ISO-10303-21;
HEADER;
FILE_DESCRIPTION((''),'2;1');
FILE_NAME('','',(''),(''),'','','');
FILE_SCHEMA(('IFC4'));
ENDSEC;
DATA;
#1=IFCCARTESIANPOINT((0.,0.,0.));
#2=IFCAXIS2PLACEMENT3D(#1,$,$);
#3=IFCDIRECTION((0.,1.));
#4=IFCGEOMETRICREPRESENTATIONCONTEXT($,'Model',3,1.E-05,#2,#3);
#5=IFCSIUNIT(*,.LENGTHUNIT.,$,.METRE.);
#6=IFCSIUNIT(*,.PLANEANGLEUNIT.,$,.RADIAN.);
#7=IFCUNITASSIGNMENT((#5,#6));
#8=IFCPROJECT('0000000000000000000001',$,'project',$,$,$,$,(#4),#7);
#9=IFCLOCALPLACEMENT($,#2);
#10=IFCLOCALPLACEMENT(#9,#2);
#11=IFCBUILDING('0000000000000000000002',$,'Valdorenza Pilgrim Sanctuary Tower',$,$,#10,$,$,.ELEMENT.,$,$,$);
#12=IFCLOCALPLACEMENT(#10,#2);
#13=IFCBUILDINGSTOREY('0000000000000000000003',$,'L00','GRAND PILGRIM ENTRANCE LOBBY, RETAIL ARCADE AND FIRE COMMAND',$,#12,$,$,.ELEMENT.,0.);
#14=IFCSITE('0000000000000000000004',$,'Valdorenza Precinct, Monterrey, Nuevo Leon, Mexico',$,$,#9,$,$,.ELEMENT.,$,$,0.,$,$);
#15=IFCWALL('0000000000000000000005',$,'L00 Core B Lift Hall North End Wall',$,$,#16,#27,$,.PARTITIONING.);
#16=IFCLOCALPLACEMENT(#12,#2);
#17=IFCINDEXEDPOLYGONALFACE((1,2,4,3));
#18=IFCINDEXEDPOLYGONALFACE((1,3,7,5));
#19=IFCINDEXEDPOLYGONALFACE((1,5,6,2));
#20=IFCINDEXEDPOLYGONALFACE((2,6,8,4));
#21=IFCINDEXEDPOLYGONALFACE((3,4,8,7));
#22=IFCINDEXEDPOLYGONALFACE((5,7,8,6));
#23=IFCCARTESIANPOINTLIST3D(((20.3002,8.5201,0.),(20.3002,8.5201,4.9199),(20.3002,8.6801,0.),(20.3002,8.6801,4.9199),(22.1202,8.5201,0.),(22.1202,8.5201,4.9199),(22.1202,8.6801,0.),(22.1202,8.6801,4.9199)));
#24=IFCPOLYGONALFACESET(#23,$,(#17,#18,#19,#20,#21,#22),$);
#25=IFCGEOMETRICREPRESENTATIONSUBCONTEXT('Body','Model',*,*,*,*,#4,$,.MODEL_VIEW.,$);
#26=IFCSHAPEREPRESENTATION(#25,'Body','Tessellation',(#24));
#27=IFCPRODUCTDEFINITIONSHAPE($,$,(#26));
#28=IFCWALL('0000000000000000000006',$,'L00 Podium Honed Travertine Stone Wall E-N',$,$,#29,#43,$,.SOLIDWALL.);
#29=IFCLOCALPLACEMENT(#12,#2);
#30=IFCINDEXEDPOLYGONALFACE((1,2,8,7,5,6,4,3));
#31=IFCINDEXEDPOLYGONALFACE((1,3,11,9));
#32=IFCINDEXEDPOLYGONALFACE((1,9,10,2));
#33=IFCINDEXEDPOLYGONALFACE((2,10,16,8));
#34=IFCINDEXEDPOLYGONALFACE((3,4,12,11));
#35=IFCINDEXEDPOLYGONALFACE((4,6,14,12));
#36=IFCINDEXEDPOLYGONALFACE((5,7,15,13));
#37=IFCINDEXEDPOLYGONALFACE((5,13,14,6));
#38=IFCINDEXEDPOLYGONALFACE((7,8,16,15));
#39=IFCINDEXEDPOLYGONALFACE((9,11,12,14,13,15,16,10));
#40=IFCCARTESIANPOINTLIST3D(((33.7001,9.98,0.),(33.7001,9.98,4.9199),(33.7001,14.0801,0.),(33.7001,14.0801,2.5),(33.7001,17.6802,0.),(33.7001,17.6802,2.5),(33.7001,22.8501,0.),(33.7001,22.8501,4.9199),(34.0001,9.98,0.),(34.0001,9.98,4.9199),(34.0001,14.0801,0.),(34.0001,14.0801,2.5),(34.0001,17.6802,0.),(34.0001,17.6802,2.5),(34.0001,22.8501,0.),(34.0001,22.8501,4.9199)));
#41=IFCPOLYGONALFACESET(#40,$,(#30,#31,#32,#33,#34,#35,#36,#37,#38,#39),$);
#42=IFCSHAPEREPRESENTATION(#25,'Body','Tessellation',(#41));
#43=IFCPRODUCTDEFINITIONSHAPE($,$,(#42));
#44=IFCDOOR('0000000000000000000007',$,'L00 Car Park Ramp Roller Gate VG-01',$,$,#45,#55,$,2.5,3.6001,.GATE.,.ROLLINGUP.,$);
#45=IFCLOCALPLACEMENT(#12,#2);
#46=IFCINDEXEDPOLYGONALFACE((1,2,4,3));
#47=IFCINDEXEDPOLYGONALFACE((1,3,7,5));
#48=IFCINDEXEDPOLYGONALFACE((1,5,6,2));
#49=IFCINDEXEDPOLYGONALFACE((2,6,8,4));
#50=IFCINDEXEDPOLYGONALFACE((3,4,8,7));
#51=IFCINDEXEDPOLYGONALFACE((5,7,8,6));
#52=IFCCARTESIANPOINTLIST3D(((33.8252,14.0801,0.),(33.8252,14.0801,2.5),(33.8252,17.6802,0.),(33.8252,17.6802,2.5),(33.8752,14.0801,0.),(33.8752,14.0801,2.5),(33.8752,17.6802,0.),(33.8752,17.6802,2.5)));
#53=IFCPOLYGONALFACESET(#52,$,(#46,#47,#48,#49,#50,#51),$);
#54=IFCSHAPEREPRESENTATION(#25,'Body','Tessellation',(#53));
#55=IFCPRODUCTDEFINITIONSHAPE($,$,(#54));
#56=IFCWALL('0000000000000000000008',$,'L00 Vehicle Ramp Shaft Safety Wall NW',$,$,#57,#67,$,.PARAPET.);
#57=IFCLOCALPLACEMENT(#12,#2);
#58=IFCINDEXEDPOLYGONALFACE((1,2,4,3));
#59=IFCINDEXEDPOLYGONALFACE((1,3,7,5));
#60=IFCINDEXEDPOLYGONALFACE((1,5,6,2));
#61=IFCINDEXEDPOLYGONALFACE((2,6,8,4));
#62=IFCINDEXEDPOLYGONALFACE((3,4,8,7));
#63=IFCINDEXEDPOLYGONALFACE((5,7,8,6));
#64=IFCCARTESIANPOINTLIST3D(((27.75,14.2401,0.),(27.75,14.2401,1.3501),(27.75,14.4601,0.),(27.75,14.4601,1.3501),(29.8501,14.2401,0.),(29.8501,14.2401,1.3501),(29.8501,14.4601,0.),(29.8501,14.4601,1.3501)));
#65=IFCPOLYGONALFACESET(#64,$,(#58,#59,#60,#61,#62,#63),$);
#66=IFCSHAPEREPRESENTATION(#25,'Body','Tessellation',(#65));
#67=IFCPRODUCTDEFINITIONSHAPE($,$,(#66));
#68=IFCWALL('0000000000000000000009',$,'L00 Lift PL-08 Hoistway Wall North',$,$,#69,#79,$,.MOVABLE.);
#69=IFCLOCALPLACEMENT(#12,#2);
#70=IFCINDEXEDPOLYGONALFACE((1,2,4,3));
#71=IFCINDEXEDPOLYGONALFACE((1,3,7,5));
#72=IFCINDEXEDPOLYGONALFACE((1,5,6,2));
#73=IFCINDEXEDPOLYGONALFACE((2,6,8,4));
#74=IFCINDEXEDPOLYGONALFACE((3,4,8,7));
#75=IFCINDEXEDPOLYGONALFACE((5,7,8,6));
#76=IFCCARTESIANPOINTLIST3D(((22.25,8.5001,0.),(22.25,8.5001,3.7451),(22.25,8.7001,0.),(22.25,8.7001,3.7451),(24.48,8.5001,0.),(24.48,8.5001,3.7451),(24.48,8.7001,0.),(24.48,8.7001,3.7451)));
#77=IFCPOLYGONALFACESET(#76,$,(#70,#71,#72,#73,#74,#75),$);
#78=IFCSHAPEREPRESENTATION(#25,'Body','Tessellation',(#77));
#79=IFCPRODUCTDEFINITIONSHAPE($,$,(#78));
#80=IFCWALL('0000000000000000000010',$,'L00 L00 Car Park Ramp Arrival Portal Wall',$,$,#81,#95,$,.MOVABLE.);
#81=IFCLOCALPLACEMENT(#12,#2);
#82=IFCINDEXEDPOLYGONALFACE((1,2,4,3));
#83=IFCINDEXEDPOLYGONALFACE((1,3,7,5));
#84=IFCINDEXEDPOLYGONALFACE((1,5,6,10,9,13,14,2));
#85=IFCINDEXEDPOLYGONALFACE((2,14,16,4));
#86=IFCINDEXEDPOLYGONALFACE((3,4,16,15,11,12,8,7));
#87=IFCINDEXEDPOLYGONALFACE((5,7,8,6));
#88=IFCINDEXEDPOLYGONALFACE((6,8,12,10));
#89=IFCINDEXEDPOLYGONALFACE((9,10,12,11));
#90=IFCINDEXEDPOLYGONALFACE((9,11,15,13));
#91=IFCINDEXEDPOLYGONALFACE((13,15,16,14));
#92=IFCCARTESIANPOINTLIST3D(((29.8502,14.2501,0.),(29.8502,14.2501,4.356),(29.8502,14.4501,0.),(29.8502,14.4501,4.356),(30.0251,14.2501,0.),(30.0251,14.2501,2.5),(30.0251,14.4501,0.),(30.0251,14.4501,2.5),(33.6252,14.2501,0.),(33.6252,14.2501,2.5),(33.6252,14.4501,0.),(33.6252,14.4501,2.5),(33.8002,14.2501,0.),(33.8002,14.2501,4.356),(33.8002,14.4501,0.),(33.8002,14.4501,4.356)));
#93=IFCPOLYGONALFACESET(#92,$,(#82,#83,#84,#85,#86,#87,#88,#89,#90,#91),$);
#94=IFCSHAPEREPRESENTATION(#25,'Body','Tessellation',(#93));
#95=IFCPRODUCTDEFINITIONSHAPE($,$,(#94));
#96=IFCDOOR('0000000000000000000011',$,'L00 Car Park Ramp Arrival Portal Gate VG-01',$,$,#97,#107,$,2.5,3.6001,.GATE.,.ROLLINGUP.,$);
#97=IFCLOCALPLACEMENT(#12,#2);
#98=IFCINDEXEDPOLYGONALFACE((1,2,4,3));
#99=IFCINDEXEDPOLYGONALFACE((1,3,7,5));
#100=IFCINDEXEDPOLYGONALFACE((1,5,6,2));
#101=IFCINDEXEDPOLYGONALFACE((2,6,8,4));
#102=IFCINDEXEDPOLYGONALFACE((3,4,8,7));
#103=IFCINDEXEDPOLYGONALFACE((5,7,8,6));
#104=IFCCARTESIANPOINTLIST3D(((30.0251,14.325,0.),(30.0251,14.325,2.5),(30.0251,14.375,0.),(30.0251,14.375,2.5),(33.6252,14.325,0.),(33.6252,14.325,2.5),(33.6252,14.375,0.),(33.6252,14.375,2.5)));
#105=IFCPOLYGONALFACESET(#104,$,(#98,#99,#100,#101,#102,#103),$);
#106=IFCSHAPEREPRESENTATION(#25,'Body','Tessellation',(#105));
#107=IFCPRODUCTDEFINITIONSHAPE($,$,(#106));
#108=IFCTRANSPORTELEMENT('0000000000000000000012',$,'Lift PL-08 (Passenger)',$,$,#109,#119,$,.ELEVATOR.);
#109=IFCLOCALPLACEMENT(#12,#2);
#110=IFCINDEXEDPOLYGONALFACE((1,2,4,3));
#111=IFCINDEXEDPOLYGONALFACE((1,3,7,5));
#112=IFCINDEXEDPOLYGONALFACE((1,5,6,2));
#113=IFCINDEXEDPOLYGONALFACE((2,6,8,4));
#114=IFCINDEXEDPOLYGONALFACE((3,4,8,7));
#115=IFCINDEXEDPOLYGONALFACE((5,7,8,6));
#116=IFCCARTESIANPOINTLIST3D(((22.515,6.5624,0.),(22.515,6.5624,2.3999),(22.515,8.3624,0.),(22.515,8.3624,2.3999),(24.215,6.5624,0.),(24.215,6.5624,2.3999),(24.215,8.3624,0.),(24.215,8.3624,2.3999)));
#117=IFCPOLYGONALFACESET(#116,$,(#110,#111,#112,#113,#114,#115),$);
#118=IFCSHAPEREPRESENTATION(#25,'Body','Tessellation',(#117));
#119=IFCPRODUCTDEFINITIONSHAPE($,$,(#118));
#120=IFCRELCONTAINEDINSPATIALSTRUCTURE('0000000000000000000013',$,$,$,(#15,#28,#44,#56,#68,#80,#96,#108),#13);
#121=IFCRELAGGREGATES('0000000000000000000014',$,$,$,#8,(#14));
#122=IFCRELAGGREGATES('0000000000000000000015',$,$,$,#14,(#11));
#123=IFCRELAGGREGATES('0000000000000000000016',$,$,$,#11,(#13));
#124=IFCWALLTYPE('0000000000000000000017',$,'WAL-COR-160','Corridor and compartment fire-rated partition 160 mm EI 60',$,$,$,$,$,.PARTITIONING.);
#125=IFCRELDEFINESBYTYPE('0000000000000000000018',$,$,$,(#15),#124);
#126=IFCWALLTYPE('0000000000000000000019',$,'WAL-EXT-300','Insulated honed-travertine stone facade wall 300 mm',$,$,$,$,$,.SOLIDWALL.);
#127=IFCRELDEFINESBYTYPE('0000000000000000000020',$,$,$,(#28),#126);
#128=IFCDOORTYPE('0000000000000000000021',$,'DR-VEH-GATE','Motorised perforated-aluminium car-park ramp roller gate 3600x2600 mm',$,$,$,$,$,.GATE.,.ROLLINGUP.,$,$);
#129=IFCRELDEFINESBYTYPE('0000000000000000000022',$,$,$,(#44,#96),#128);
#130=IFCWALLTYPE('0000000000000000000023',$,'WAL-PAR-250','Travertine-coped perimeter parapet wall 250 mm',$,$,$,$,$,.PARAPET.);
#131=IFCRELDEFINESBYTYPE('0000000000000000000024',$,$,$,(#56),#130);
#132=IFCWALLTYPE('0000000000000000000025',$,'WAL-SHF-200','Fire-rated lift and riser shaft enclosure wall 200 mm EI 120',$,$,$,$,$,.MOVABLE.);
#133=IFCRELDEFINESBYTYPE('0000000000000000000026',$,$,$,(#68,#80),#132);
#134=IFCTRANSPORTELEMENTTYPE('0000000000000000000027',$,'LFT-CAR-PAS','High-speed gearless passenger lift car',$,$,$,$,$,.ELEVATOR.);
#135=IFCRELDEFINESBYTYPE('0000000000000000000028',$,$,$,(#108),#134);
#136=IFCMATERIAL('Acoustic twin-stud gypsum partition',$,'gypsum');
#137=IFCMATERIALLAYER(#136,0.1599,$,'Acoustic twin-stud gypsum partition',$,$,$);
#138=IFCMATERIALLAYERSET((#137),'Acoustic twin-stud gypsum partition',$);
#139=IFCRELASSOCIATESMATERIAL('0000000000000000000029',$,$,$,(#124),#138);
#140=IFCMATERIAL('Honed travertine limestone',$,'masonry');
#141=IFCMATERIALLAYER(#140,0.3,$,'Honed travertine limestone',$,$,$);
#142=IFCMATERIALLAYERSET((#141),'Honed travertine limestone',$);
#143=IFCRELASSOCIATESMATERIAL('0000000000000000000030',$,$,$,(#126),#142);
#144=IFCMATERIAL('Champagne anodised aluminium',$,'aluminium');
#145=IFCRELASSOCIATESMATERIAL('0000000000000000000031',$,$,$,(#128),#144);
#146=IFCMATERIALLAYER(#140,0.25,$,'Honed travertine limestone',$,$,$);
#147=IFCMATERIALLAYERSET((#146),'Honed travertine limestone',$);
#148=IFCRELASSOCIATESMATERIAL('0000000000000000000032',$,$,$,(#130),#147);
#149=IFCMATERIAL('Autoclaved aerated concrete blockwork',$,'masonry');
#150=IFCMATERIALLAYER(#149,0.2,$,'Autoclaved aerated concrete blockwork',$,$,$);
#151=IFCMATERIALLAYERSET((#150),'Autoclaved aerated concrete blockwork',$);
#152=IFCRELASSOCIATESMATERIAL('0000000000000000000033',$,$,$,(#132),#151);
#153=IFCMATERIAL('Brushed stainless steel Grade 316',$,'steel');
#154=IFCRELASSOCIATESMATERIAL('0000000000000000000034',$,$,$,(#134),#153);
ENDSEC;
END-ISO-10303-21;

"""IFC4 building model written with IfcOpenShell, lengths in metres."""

from ifc_helpers import new_model, si_unit, direction, frame, frame_2d, origin, origin_2d, place, context, subcontext, project, spatial, rectangle, extrude, source, transform, mapped, material, layer, layer_set, type_object, element, fill, save


model = new_model("IFC4")

# Units and contexts
model_context = context("Model", 3, precision=1e-05, world=origin(), true_north=direction((0.0, 1.0)))
body_context = subcontext(model_context, "Body", "Model", "MODEL_VIEW")
ifc_project = project(units=[si_unit("LENGTHUNIT", "METRE"), si_unit("PLANEANGLEUNIT", "RADIAN")], contexts=[model_context])

# Site, building, storey
site_placement = place(None, origin())
site = spatial("IfcSite", under=ifc_project, at=site_placement, Name="Valdorenza Precinct, Monterrey, Nuevo Leon, Mexico", CompositionType="ELEMENT", RefElevation=0.0)
building_placement = place(site_placement, origin())
building = spatial("IfcBuilding", under=site, at=building_placement, Name="Valdorenza Pilgrim Sanctuary Tower", CompositionType="ELEMENT")
storey_placement = place(building_placement, origin())
storey = spatial("IfcBuildingStorey", under=building, at=storey_placement, Name="L00", Description="GRAND PILGRIM ENTRANCE LOBBY, RETAIL ARCADE AND FIRE COMMAND", CompositionType="ELEMENT", Elevation=0.0)

# Shared definitions
ifc_material_1 = material(Name="Honed travertine limestone", Category="masonry")

# Wall
ifc_material_2 = material(Name="Acoustic twin-stud gypsum partition", Category="gypsum")
ifc_layer_1 = layer(ifc_material_2, 0.1599, Name="Acoustic twin-stud gypsum partition")
ifc_layer_set_1 = layer_set([ifc_layer_1], Name="Acoustic twin-stud gypsum partition")
wall_type_1 = type_object("IfcWallType", Name="WAL-COR-160", Description="Corridor and compartment fire-rated partition 160 mm EI 60", PredefinedType="PARTITIONING", material=ifc_layer_set_1)
wall_1_placement = place(storey_placement, frame((20.3, 8.6001, 0.0), z_axis=(0.0, 0.0, 1.0), x_axis=(1.0, 0.0, 0.0)))
element("IfcWall", 1, at=wall_1_placement, inside=storey, type_object=wall_type_1, Name="L00 Core B Lift Hall North End Wall", PredefinedType="PARTITIONING", context=body_context, shape_type="SweptSolid", body=[
    extrude(rectangle(XDim=1.8201, YDim=0.1599, at=frame_2d((0.9102, 0.0))), origin(), (0.0, 0.0, 1.0), 4.9199),
])

# Wall, opening, door
ifc_layer_2 = layer(ifc_material_1, 0.3, Name="Honed travertine limestone")
ifc_layer_set_2 = layer_set([ifc_layer_2], Name="Honed travertine limestone")
wall_type_2 = type_object("IfcWallType", Name="WAL-EXT-300", Description="Insulated honed-travertine stone facade wall 300 mm", PredefinedType="SOLIDWALL", material=ifc_layer_set_2)
wall_2_placement = place(storey_placement, frame((33.8501, 9.98, 0.0), z_axis=(0.0, 0.0, 1.0), x_axis=(0.0, 1.0, 0.0)))
wall_2 = element("IfcWall", 2, at=wall_2_placement, inside=storey, type_object=wall_type_2, Name="L00 Podium Honed Travertine Stone Wall E-N", PredefinedType="SOLIDWALL", context=body_context, shape_type="SweptSolid", body=[
    extrude(rectangle(XDim=12.8701, YDim=0.3, at=frame_2d((6.4351, 0.0))), origin(), (0.0, 0.0, 1.0), 4.9199),
])
opening_1_placement = place(wall_2_placement, frame((4.1001, 0.0, 0.0)))
opening_1 = element("IfcOpeningElement", 3, at=opening_1_placement, cuts=wall_2, PredefinedType="OPENING", context=body_context, shape_type="SweptSolid", body=[
    extrude(rectangle(XDim=3.6001, YDim=2.5, at=frame_2d((1.8, 1.25))), frame((0.0, 0.165, 0.0), z_axis=(0.0, -1.0, 0.0), x_axis=(1.0, 0.0, 0.0)), (0.0, 0.0, 1.0), 0.3298),
])
ifc_material_3 = material(Name="Champagne anodised aluminium", Category="aluminium")
door_type = type_object("IfcDoorType", Name="DR-VEH-GATE", Description="Motorised perforated-aluminium car-park ramp roller gate 3600x2600 mm", OperationType="ROLLINGUP", PredefinedType="GATE", material=ifc_material_3)
door_1_placement = place(opening_1_placement, origin())
door_1 = element("IfcDoor", 4, at=door_1_placement, inside=storey, type_object=door_type, Name="L00 Car Park Ramp Roller Gate VG-01", OperationType="ROLLINGUP", OverallHeight=2.5, OverallWidth=3.6001, PredefinedType="GATE", context=body_context, shape_type="SweptSolid", body=[
    extrude(rectangle(XDim=3.6001, YDim=2.5, at=frame_2d((1.8, 1.25))), frame((0.0, 0.0249, 0.0), z_axis=(0.0, -1.0, 0.0), x_axis=(1.0, 0.0, 0.0)), (0.0, 0.0, 1.0), 0.05),
])
fill(opening_1, door_1)

# Walls
ifc_layer_3 = layer(ifc_material_1, 0.25, Name="Honed travertine limestone")
ifc_layer_set_3 = layer_set([ifc_layer_3], Name="Honed travertine limestone")
wall_type_3 = type_object("IfcWallType", Name="WAL-PAR-250", Description="Travertine-coped perimeter parapet wall 250 mm", PredefinedType="PARAPET", material=ifc_layer_set_3)
wall_3_placement = place(storey_placement, frame((27.75, 14.3501, 0.0), z_axis=(0.0, 0.0, 1.0), x_axis=(1.0, 0.0, 0.0)))
element("IfcWall", 5, at=wall_3_placement, inside=storey, type_object=wall_type_3, Name="L00 Vehicle Ramp Shaft Safety Wall NW", PredefinedType="PARAPET", context=body_context, shape_type="SweptSolid", body=[
    extrude(rectangle(XDim=2.1001, YDim=0.22, at=frame_2d((1.05, 0.0))), origin(), (0.0, 0.0, 1.0), 1.3501),
])
ifc_material_4 = material(Name="Autoclaved aerated concrete blockwork", Category="masonry")
ifc_layer_4 = layer(ifc_material_4, 0.2, Name="Autoclaved aerated concrete blockwork")
ifc_layer_set_4 = layer_set([ifc_layer_4], Name="Autoclaved aerated concrete blockwork")
wall_type_4 = type_object("IfcWallType", Name="WAL-SHF-200", Description="Fire-rated lift and riser shaft enclosure wall 200 mm EI 120", PredefinedType="MOVABLE", material=ifc_layer_set_4)
wall_4_placement = place(storey_placement, frame((22.25, 8.6001, 0.0), z_axis=(0.0, 0.0, 1.0), x_axis=(1.0, 0.0, 0.0)))
element("IfcWall", 6, at=wall_4_placement, inside=storey, type_object=wall_type_4, Name="L00 Lift PL-08 Hoistway Wall North", PredefinedType="MOVABLE", context=body_context, shape_type="SweptSolid", body=[
    extrude(rectangle(XDim=2.23, YDim=0.2, at=frame_2d((1.115, 0.0))), origin(), (0.0, 0.0, 1.0), 3.7451),
])

# Wall, opening, door
wall_5_placement = place(storey_placement, frame((29.8501, 14.3501, 0.0), z_axis=(0.0, 0.0, 1.0), x_axis=(1.0, 0.0, 0.0)))
wall_5 = element("IfcWall", 7, at=wall_5_placement, inside=storey, type_object=wall_type_4, Name="L00 L00 Car Park Ramp Arrival Portal Wall", PredefinedType="MOVABLE", context=body_context, shape_type="SweptSolid", body=[
    extrude(rectangle(XDim=3.95, YDim=0.2, at=frame_2d((1.9751, 0.0))), origin(), (0.0, 0.0, 1.0), 4.356),
])
opening_2_placement = place(wall_5_placement, frame((0.175, 0.0, 0.0)))
opening_2 = element("IfcOpeningElement", 8, at=opening_2_placement, cuts=wall_5, PredefinedType="OPENING", context=body_context, shape_type="SweptSolid", body=[
    extrude(rectangle(XDim=3.6001, YDim=2.5, at=frame_2d((1.8, 1.25))), frame((0.0, 0.1147, 0.0), z_axis=(0.0, -1.0, 0.0), x_axis=(1.0, 0.0, 0.0)), (0.0, 0.0, 1.0), 0.2297),
])
door_2_placement = place(opening_2_placement, origin())
door_2 = element("IfcDoor", 9, at=door_2_placement, inside=storey, type_object=door_type, Name="L00 Car Park Ramp Arrival Portal Gate VG-01", OperationType="ROLLINGUP", OverallHeight=2.5, OverallWidth=3.6001, PredefinedType="GATE", context=body_context, shape_type="SweptSolid", body=[
    extrude(rectangle(XDim=3.6001, YDim=2.5, at=frame_2d((1.8, 1.25))), frame((0.0, 0.0249, 0.0), z_axis=(0.0, -1.0, 0.0), x_axis=(1.0, 0.0, 0.0)), (0.0, 0.0, 1.0), 0.05),
])
fill(opening_2, door_2)

# Transport element
ifc_material_5 = material(Name="Brushed stainless steel Grade 316", Category="steel")
transport_element_type = type_object("IfcTransportElementType", Name="LFT-CAR-PAS", Description="High-speed gearless passenger lift car", PredefinedType="ELEVATOR", material=ifc_material_5)
shared_shape_1 = source(origin(), body_context, "Body", "SweptSolid", [
    extrude(rectangle(XDim=1.7, YDim=1.8, at=origin_2d()), origin(), (0.0, 0.0, 1.0), 2.3999),
])
transport_element_placement = place(storey_placement, frame((23.365, 7.4624, 0.0), z_axis=(0.0, 0.0, 1.0), x_axis=(1.0, 0.0, 0.0)))
element("IfcTransportElement", 10, at=transport_element_placement, inside=storey, type_object=transport_element_type, Name="Lift PL-08 (Passenger)", PredefinedType="ELEVATOR", context=body_context, shape_type="MappedRepresentation", body=[
    mapped(shared_shape_1, transform((0.0, 0.0, 0.0), x_axis=(1.0, 0.0, 0.0), y_axis=(0.0, 1.0, 0.0), z_axis=(0.0, 0.0, 1.0), scale=1.0)),
])

save(model, "model.ifc")
